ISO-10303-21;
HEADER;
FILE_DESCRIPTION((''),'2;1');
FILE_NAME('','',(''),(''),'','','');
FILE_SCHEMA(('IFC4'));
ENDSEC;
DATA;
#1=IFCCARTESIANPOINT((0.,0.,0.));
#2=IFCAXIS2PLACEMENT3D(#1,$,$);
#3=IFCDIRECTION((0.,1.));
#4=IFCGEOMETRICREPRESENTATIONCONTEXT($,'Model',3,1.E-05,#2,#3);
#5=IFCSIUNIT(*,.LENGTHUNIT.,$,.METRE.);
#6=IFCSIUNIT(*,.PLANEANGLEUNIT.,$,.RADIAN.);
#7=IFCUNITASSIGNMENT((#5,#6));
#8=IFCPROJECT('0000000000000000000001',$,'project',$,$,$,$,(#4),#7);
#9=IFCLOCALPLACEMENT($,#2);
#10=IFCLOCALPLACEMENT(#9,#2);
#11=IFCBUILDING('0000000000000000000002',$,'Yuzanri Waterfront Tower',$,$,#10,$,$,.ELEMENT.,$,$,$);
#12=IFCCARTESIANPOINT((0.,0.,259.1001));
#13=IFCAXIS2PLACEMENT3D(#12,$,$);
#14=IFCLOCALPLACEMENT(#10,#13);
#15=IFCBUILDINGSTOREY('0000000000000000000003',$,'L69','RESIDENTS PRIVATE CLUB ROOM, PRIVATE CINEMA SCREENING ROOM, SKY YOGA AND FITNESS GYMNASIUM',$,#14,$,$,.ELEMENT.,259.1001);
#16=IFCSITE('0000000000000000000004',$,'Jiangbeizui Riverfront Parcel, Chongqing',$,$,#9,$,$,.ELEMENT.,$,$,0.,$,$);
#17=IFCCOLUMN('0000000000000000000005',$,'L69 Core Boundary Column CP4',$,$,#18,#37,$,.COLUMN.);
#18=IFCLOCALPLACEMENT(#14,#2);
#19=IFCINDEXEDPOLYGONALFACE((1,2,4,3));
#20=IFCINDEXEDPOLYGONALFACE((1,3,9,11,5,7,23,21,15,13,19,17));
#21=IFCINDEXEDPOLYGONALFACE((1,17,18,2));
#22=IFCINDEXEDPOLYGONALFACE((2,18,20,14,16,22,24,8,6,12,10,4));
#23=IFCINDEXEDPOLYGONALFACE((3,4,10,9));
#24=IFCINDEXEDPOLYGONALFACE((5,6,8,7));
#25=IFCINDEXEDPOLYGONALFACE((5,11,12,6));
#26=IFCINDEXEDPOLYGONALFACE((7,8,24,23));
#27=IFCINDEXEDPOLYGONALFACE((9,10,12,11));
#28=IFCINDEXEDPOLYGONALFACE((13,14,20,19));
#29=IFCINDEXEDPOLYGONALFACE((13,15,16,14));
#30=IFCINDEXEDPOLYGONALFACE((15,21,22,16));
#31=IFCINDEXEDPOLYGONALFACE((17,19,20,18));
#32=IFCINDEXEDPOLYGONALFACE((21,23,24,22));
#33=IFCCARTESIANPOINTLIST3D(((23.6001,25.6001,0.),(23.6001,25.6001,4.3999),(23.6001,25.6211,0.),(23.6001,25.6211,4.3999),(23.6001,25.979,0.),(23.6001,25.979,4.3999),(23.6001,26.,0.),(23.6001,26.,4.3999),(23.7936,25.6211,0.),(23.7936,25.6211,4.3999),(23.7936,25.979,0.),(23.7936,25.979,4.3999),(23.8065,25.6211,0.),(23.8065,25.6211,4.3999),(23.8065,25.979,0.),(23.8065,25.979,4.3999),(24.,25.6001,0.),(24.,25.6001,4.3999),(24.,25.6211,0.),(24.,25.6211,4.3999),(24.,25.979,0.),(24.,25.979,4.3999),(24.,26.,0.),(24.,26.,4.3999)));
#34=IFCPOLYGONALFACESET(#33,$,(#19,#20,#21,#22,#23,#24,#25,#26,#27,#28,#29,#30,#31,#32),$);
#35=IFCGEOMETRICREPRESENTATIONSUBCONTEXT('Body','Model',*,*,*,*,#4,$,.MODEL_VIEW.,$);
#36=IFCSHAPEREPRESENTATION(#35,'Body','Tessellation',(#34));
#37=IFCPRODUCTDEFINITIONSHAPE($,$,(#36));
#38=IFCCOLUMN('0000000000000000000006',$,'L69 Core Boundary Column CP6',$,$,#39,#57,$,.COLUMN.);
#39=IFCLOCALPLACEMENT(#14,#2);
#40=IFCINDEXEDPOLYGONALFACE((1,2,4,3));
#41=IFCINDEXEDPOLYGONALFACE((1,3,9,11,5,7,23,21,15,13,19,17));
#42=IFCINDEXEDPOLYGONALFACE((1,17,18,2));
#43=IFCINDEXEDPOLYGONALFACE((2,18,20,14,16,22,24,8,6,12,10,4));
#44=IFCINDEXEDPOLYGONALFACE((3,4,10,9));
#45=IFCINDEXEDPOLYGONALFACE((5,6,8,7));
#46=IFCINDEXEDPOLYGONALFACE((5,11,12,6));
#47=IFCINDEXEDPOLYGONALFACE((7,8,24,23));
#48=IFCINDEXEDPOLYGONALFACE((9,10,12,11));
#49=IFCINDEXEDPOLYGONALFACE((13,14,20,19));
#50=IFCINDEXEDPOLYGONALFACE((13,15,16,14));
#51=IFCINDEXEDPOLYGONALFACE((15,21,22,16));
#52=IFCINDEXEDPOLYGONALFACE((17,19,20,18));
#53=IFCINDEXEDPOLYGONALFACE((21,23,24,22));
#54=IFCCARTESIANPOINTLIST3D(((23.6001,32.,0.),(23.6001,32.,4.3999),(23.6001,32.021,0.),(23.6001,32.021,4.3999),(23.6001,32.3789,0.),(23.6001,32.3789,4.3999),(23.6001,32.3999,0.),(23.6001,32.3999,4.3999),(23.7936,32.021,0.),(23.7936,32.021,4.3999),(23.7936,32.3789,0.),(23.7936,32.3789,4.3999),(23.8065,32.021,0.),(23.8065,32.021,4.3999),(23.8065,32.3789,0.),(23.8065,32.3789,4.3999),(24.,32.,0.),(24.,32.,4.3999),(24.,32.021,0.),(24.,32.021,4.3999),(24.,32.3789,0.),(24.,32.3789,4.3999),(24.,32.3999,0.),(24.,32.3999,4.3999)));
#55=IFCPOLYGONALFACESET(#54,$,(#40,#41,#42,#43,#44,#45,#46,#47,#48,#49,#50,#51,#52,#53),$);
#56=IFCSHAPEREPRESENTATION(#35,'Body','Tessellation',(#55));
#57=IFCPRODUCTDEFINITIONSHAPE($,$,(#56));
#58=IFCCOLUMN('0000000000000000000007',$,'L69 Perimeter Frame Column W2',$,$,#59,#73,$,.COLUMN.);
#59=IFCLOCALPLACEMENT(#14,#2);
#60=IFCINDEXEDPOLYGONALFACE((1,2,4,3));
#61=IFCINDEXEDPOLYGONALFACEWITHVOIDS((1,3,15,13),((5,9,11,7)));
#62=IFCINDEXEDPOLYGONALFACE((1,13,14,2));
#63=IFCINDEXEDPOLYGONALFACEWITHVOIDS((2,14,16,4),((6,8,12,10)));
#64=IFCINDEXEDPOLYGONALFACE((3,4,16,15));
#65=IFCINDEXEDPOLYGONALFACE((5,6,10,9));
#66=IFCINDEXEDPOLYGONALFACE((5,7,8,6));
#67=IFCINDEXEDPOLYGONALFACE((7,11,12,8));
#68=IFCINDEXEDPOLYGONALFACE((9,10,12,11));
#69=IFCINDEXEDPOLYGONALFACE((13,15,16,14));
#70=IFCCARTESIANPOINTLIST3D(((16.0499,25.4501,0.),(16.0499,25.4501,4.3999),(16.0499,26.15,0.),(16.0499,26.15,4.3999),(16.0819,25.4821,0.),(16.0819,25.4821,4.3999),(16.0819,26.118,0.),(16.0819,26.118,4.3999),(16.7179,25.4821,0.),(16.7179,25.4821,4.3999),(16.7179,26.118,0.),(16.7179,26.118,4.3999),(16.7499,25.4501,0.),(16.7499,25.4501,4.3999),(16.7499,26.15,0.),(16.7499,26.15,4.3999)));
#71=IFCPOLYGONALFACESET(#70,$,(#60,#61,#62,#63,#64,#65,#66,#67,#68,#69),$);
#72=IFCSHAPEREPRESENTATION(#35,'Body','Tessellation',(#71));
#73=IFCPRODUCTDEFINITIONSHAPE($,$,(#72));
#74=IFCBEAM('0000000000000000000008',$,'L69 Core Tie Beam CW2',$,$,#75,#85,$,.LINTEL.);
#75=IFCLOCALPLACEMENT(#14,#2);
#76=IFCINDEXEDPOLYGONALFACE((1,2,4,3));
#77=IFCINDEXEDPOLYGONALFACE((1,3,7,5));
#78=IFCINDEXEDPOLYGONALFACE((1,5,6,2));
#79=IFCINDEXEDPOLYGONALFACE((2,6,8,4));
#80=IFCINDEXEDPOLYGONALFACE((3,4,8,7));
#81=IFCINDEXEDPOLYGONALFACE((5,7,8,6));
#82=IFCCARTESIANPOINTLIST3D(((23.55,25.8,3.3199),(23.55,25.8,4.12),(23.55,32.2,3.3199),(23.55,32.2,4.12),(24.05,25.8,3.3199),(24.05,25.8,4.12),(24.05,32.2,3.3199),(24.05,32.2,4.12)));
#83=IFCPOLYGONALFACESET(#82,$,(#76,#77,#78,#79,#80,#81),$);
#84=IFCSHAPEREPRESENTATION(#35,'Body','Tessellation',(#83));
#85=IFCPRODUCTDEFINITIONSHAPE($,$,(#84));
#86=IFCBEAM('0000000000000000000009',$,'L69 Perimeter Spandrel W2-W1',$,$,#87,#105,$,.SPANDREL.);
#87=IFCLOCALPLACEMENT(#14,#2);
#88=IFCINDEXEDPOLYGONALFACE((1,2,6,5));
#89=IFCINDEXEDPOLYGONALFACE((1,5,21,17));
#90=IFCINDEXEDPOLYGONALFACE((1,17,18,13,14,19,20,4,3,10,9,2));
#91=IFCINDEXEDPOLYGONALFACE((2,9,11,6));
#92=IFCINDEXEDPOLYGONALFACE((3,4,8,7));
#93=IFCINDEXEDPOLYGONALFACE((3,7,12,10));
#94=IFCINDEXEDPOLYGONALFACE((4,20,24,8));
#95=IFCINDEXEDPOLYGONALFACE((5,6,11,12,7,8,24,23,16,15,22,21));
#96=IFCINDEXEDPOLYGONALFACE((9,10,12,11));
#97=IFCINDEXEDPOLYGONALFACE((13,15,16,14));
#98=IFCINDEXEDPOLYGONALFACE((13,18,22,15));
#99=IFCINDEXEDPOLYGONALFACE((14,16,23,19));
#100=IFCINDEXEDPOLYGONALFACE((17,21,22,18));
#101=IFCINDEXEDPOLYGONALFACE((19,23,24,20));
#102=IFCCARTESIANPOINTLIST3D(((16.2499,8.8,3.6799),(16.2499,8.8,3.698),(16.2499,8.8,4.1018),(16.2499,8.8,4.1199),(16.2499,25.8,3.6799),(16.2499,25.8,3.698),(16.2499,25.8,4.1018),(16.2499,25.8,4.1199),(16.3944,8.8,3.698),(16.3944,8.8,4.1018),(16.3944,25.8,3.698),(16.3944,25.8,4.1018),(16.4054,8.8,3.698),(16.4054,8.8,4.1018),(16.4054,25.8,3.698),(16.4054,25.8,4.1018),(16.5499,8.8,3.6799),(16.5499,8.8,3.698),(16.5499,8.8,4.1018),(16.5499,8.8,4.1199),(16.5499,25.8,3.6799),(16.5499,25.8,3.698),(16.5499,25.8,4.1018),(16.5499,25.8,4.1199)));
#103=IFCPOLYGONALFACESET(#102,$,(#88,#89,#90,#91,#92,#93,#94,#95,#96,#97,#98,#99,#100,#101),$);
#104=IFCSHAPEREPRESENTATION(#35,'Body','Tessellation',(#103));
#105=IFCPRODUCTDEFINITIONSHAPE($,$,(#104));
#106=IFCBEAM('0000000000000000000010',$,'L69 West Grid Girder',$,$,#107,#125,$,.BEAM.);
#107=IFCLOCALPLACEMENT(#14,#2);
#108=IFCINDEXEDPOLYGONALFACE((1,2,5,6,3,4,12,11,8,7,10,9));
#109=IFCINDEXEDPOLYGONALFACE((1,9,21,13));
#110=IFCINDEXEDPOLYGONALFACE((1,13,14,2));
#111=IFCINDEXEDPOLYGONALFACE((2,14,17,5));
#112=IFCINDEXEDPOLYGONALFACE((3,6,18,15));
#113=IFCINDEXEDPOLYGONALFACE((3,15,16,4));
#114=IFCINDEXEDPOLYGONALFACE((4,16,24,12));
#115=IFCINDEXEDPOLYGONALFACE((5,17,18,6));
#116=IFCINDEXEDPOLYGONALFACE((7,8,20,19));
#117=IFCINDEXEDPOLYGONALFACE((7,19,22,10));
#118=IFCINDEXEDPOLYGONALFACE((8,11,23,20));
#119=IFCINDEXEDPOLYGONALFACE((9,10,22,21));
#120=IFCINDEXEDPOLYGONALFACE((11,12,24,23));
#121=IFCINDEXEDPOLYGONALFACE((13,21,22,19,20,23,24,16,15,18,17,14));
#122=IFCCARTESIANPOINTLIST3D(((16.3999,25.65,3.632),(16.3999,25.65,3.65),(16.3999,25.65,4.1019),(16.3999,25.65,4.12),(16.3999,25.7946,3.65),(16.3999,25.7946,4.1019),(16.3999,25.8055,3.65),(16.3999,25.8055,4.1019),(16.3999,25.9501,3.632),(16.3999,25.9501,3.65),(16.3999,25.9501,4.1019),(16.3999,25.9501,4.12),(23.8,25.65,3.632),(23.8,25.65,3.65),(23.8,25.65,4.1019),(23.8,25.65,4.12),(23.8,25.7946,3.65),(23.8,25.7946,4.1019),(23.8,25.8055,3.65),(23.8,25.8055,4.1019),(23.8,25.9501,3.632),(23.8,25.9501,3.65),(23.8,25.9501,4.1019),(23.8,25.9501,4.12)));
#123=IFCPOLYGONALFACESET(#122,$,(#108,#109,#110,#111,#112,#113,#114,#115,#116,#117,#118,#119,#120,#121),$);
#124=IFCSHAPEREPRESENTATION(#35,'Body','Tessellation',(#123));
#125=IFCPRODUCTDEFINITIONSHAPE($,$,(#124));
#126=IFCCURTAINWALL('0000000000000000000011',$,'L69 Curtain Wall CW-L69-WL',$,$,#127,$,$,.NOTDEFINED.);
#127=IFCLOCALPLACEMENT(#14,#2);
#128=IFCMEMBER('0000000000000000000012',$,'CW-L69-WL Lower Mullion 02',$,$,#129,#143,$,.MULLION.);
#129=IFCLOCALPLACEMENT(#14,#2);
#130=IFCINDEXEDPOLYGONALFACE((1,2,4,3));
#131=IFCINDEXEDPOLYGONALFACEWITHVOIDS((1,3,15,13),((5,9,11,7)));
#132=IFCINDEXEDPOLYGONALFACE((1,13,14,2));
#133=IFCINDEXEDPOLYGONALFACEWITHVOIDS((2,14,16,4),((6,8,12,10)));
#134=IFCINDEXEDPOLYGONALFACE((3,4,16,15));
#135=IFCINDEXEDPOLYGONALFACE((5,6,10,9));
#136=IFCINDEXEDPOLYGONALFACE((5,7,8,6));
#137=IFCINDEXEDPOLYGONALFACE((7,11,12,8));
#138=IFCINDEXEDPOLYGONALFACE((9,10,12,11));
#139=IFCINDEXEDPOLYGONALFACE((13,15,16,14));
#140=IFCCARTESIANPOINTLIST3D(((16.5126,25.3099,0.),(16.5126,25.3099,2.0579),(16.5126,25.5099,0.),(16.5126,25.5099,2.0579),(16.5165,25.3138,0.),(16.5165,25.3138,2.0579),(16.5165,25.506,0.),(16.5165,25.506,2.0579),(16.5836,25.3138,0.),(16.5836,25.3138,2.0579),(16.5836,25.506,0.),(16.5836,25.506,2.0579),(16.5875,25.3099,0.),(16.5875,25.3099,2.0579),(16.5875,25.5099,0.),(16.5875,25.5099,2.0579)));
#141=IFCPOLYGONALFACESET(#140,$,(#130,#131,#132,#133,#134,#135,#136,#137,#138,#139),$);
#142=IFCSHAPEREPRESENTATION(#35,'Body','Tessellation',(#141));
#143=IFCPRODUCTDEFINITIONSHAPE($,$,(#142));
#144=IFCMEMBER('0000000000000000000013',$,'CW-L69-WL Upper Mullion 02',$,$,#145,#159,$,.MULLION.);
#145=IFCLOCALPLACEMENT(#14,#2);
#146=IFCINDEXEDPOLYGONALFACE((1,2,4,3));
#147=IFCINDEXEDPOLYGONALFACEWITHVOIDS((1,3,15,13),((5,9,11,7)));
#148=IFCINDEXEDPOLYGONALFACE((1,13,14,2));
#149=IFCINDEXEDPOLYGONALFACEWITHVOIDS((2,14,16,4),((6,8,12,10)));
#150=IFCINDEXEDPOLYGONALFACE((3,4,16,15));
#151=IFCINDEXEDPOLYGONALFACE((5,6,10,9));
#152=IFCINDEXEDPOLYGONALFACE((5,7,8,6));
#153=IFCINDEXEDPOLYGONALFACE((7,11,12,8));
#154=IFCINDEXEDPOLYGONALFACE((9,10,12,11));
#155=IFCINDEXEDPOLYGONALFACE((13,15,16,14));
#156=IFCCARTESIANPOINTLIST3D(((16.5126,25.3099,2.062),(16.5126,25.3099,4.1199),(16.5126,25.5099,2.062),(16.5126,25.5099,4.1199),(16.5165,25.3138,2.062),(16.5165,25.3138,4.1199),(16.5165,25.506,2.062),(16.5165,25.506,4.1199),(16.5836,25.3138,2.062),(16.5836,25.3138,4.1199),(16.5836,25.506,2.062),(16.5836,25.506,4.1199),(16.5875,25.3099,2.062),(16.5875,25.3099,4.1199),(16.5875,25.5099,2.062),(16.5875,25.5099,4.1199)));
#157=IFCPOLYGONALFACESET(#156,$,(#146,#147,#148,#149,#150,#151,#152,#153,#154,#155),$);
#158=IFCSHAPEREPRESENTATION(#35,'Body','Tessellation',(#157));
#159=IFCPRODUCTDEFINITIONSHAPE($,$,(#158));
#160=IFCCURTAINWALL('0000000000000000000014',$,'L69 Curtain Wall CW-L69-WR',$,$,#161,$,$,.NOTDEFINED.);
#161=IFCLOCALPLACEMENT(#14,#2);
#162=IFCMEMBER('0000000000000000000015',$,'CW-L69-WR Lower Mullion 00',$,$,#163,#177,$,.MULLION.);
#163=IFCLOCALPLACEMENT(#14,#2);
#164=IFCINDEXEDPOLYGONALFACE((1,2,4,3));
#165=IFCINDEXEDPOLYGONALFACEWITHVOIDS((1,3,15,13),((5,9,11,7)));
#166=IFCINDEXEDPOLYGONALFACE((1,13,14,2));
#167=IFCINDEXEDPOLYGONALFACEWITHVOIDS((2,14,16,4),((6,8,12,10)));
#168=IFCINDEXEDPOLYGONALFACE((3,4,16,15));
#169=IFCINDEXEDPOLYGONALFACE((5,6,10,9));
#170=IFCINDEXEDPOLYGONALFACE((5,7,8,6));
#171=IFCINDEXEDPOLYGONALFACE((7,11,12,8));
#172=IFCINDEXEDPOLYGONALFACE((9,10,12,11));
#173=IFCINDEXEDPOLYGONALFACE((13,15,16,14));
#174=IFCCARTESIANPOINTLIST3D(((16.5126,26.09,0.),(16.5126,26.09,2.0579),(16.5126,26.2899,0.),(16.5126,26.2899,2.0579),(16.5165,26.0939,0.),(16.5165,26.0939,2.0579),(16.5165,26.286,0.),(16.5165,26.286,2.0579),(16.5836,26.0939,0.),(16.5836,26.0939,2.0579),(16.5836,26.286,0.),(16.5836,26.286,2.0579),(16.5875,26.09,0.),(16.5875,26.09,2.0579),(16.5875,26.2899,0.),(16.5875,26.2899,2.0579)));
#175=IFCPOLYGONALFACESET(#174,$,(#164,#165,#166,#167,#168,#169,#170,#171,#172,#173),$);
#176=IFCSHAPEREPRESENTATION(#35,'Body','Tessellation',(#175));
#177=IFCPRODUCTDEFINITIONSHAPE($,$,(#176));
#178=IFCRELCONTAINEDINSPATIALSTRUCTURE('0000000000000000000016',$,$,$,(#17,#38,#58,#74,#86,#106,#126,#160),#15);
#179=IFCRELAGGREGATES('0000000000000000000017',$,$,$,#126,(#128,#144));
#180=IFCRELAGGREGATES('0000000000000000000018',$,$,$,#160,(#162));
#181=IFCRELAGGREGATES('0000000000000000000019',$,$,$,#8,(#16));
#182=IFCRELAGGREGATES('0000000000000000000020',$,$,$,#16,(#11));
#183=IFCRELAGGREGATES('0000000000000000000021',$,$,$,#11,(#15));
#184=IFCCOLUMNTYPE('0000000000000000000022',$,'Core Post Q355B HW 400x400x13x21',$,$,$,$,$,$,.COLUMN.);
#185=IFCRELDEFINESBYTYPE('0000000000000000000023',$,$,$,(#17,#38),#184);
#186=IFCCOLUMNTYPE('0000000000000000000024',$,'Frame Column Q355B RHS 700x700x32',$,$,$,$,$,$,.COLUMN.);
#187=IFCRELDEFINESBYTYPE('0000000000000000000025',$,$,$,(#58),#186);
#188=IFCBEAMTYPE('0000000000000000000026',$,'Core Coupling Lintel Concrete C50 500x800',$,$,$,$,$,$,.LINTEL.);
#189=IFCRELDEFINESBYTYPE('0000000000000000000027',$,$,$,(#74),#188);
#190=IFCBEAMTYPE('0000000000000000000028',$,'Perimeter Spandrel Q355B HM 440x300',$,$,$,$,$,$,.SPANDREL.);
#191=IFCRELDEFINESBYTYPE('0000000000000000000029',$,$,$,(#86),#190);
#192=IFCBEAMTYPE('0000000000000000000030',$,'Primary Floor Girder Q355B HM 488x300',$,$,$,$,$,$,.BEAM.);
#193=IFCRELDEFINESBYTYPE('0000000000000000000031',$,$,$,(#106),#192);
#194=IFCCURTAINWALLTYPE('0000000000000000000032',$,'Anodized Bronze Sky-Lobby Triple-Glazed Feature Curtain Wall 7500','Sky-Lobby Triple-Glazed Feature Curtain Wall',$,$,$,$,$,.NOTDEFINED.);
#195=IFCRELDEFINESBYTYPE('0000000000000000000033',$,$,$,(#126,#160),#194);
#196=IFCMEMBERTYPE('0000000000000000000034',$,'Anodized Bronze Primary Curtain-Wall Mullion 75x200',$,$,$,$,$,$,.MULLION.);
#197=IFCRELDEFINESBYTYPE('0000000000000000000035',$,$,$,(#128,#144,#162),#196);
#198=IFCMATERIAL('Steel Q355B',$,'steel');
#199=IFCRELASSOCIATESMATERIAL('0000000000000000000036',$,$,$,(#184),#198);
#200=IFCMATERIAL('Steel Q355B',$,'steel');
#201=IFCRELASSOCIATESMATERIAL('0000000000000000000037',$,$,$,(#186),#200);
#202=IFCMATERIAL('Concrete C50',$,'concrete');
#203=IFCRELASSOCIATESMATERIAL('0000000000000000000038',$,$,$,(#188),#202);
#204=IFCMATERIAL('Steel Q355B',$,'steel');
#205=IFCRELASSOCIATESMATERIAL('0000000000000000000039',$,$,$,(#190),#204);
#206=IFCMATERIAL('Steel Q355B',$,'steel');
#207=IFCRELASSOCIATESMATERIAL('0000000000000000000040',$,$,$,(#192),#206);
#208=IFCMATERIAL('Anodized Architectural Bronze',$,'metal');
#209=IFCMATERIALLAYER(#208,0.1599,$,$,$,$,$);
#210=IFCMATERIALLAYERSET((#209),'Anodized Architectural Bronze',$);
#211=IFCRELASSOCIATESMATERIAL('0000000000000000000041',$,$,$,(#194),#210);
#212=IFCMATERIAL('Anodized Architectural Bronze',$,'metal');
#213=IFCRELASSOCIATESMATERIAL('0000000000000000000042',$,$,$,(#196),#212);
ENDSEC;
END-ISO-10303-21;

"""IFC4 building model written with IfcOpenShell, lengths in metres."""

from ifc_helpers import new_model, si_unit, direction, frame, origin, origin_2d, place, context, subcontext, project, spatial, rectangle, hollow_rectangle, i_section, extrude, source, transform, mapped, material, layer, layer_set, material_profile, profile_set, type_object, element, aggregate, save


model = new_model("IFC4")

# Units and contexts
model_context = context("Model", 3, precision=1e-05, world=origin(), true_north=direction((0.0, 1.0)))
body_context = subcontext(model_context, "Body", "Model", "MODEL_VIEW")
ifc_project = project(units=[si_unit("LENGTHUNIT", "METRE"), si_unit("PLANEANGLEUNIT", "RADIAN")], contexts=[model_context])

# Site, building, storey
site_placement = place(None, origin())
site = spatial("IfcSite", under=ifc_project, at=site_placement, Name="Jiangbeizui Riverfront Parcel, Chongqing", CompositionType="ELEMENT", RefElevation=0.0)
building_placement = place(site_placement, origin())
building = spatial("IfcBuilding", under=site, at=building_placement, Name="Yuzanri Waterfront Tower", CompositionType="ELEMENT")
storey_placement = place(building_placement, frame((0.0, 0.0, 259.1001)))
storey = spatial("IfcBuildingStorey", under=building, at=storey_placement, Name="L69", Description="RESIDENTS PRIVATE CLUB ROOM, PRIVATE CINEMA SCREENING ROOM, SKY YOGA AND FITNESS GYMNASIUM", CompositionType="ELEMENT", Elevation=259.1001)

# Columns
ifc_material_1 = material(Name="Steel Q355B", Category="steel")
ifc_material_profile_1 = material_profile(ifc_material_1, i_section(OverallWidth=0.3999, OverallDepth=0.3999, WebThickness=0.0129, FlangeThickness=0.021, at=origin_2d()), Name="HW 400x400x13x21")
ifc_profile_set_1 = profile_set([ifc_material_profile_1], Name="Steel Q355B")
column_type_1 = type_object("IfcColumnType", Name="Core Post Q355B HW 400x400x13x21", PredefinedType="COLUMN", material=ifc_profile_set_1)
shared_shape_1 = source(origin(), body_context, "Body", "SweptSolid", [
    extrude(i_section(OverallWidth=0.3999, OverallDepth=0.3999, WebThickness=0.0129, FlangeThickness=0.021, at=origin_2d()), origin(), (0.0, 0.0, 1.0), 4.3999),
])
for number, where, z_axis, x_axis, name in (
    (1, (23.8, 25.8, 0.0), (0.0, 0.0, 1.0), (1.0, 0.0, 0.0), "L69 Core Boundary Column CP4"),
    (2, (23.8, 32.2, 0.0), (0.0, 0.0, 1.0), (1.0, 0.0, 0.0), "L69 Core Boundary Column CP6"),
):
    element("IfcColumn", number, at=place(storey_placement, frame(where, z_axis=z_axis, x_axis=x_axis)), inside=storey, type_object=column_type_1, Name=name, PredefinedType="COLUMN", context=body_context, shape_type="MappedRepresentation", body=[
        mapped(shared_shape_1, transform((0.0, 0.0, 0.0), scale=1.0)),
    ])
ifc_material_2 = material(Name="Steel Q355B", Category="steel")
ifc_material_profile_2 = material_profile(ifc_material_2, hollow_rectangle(XDim=0.7, YDim=0.7, WallThickness=0.032, at=origin_2d()), Name="RHS 700x700x32")
ifc_profile_set_2 = profile_set([ifc_material_profile_2], Name="Steel Q355B")
column_type_2 = type_object("IfcColumnType", Name="Frame Column Q355B RHS 700x700x32", PredefinedType="COLUMN", material=ifc_profile_set_2)
shared_shape_2 = source(origin(), body_context, "Body", "SweptSolid", [
    extrude(hollow_rectangle(XDim=0.7, YDim=0.7, WallThickness=0.032, at=origin_2d()), origin(), (0.0, 0.0, 1.0), 4.3999),
])
column_placement = place(storey_placement, frame((16.3999, 25.8, 0.0), z_axis=(0.0, 0.0, 1.0), x_axis=(1.0, 0.0, 0.0)))
element("IfcColumn", 3, at=column_placement, inside=storey, type_object=column_type_2, Name="L69 Perimeter Frame Column W2", PredefinedType="COLUMN", context=body_context, shape_type="MappedRepresentation", body=[
    mapped(shared_shape_2, transform((0.0, 0.0, 0.0), scale=1.0)),
])

# Beams
ifc_material_3 = material(Name="Concrete C50", Category="concrete")
ifc_material_profile_3 = material_profile(ifc_material_3, rectangle(XDim=0.5, YDim=0.8, at=origin_2d()), Name="RC 500x800")
ifc_profile_set_3 = profile_set([ifc_material_profile_3], Name="Concrete C50")
beam_type_1 = type_object("IfcBeamType", Name="Core Coupling Lintel Concrete C50 500x800", PredefinedType="LINTEL", material=ifc_profile_set_3)
shared_shape_3 = source(origin(), body_context, "Body", "SweptSolid", [
    extrude(rectangle(XDim=0.5, YDim=0.8, at=origin_2d()), origin(), (0.0, 0.0, 1.0), 6.3999),
])
beam_1_placement = place(storey_placement, frame((23.8, 25.8, 3.72), z_axis=(0.0, 1.0, 0.0), x_axis=(-1.0, 0.0, 0.0)))
element("IfcBeam", 4, at=beam_1_placement, inside=storey, type_object=beam_type_1, Name="L69 Core Tie Beam CW2", PredefinedType="LINTEL", context=body_context, shape_type="MappedRepresentation", body=[
    mapped(shared_shape_3, transform((0.0, 0.0, 0.0), scale=1.0)),
])
ifc_material_4 = material(Name="Steel Q355B", Category="steel")
ifc_material_profile_4 = material_profile(ifc_material_4, i_section(OverallWidth=0.3, OverallDepth=0.4399, WebThickness=0.011, FlangeThickness=0.0181, at=origin_2d()), Name="HM 440x300x11x18")
ifc_profile_set_4 = profile_set([ifc_material_profile_4], Name="Steel Q355B")
beam_type_2 = type_object("IfcBeamType", Name="Perimeter Spandrel Q355B HM 440x300", PredefinedType="SPANDREL", material=ifc_profile_set_4)
shared_shape_4 = source(origin(), body_context, "Body", "SweptSolid", [
    extrude(i_section(OverallWidth=0.3, OverallDepth=0.4399, WebThickness=0.011, FlangeThickness=0.0181, at=origin_2d()), origin(), (0.0, 0.0, 1.0), 17.0),
])
beam_2_placement = place(storey_placement, frame((16.3999, 25.8, 3.8999), z_axis=(0.0, -1.0, 0.0), x_axis=(1.0, 0.0, 0.0)))
element("IfcBeam", 5, at=beam_2_placement, inside=storey, type_object=beam_type_2, Name="L69 Perimeter Spandrel W2-W1", PredefinedType="SPANDREL", context=body_context, shape_type="MappedRepresentation", body=[
    mapped(shared_shape_4, transform((0.0, 0.0, 0.0), scale=1.0)),
])
ifc_material_5 = material(Name="Steel Q355B", Category="steel")
ifc_material_profile_5 = material_profile(ifc_material_5, i_section(OverallWidth=0.3, OverallDepth=0.488, WebThickness=0.011, FlangeThickness=0.0181, at=origin_2d()), Name="HM 488x300x11x18")
ifc_profile_set_5 = profile_set([ifc_material_profile_5], Name="Steel Q355B")
beam_type_3 = type_object("IfcBeamType", Name="Primary Floor Girder Q355B HM 488x300", PredefinedType="BEAM", material=ifc_profile_set_5)
shared_shape_5 = source(origin(), body_context, "Body", "SweptSolid", [
    extrude(i_section(OverallWidth=0.3, OverallDepth=0.488, WebThickness=0.011, FlangeThickness=0.0181, at=origin_2d()), origin(), (0.0, 0.0, 1.0), 7.4001),
])
beam_3_placement = place(storey_placement, frame((23.8, 25.8, 3.876), z_axis=(-1.0, 0.0, 0.0), x_axis=(0.0, -1.0, 0.0)))
element("IfcBeam", 6, at=beam_3_placement, inside=storey, type_object=beam_type_3, Name="L69 West Grid Girder", PredefinedType="BEAM", context=body_context, shape_type="MappedRepresentation", body=[
    mapped(shared_shape_5, transform((0.0, 0.0, 0.0), scale=1.0)),
])

# Curtain wall, members
ifc_material_6 = material(Name="Anodized Architectural Bronze", Category="metal")
ifc_layer_1 = layer(ifc_material_6, 0.1599)
ifc_layer_set_1 = layer_set([ifc_layer_1], Name="Anodized Architectural Bronze")
curtain_wall_type = type_object("IfcCurtainWallType", Name="Anodized Bronze Sky-Lobby Triple-Glazed Feature Curtain Wall 7500", Description="Sky-Lobby Triple-Glazed Feature Curtain Wall", PredefinedType="NOTDEFINED", material=ifc_layer_set_1)
curtain_wall_1_placement = place(storey_placement, origin())
curtain_wall_1 = element("IfcCurtainWall", 7, at=curtain_wall_1_placement, inside=storey, type_object=curtain_wall_type, Name="L69 Curtain Wall CW-L69-WL", PredefinedType="NOTDEFINED")
ifc_material_7 = material(Name="Anodized Architectural Bronze", Category="metal")
ifc_material_profile_6 = material_profile(ifc_material_7, hollow_rectangle(XDim=0.075, YDim=0.2, WallThickness=0.0039, at=origin_2d()), Name="CWM 75x200")
ifc_profile_set_6 = profile_set([ifc_material_profile_6], Name="Anodized Architectural Bronze")
member_type_1 = type_object("IfcMemberType", Name="Anodized Bronze Primary Curtain-Wall Mullion 75x200", PredefinedType="MULLION", material=ifc_profile_set_6)
shared_shape_6 = source(origin(), body_context, "Body", "SweptSolid", [
    extrude(hollow_rectangle(XDim=0.075, YDim=0.2, WallThickness=0.0039, at=origin_2d()), origin(), (0.0, 0.0, 1.0), 2.0579),
])
member_1_placement = place(storey_placement, frame((16.55, 25.4099, 0.0), z_axis=(0.0, 0.0, 1.0), x_axis=(1.0, 0.0, 0.0)))
member_1 = element("IfcMember", 8, at=member_1_placement, type_object=member_type_1, Name="CW-L69-WL Lower Mullion 02", PredefinedType="MULLION", context=body_context, shape_type="MappedRepresentation", body=[
    mapped(shared_shape_6, transform((0.0, 0.0, 0.0), scale=1.0)),
])
member_2_placement = place(storey_placement, frame((16.55, 25.4099, 2.062), z_axis=(0.0, 0.0, 1.0), x_axis=(1.0, 0.0, 0.0)))
member_2 = element("IfcMember", 9, at=member_2_placement, type_object=member_type_1, Name="CW-L69-WL Upper Mullion 02", PredefinedType="MULLION", context=body_context, shape_type="MappedRepresentation", body=[
    mapped(shared_shape_6, transform((0.0, 0.0, 0.0), scale=1.0)),
])
aggregate(curtain_wall_1, [member_1, member_2])

# Curtain wall, member
curtain_wall_2_placement = place(storey_placement, origin())
curtain_wall_2 = element("IfcCurtainWall", 10, at=curtain_wall_2_placement, inside=storey, type_object=curtain_wall_type, Name="L69 Curtain Wall CW-L69-WR", PredefinedType="NOTDEFINED")
member_3_placement = place(storey_placement, frame((16.55, 26.1899, 0.0), z_axis=(0.0, 0.0, 1.0), x_axis=(1.0, 0.0, 0.0)))
member_3 = element("IfcMember", 11, at=member_3_placement, type_object=member_type_1, Name="CW-L69-WR Lower Mullion 00", PredefinedType="MULLION", context=body_context, shape_type="MappedRepresentation", body=[
    mapped(shared_shape_6, transform((0.0, 0.0, 0.0), scale=1.0)),
])
aggregate(curtain_wall_2, [member_3])

save(model, "model.ifc")
